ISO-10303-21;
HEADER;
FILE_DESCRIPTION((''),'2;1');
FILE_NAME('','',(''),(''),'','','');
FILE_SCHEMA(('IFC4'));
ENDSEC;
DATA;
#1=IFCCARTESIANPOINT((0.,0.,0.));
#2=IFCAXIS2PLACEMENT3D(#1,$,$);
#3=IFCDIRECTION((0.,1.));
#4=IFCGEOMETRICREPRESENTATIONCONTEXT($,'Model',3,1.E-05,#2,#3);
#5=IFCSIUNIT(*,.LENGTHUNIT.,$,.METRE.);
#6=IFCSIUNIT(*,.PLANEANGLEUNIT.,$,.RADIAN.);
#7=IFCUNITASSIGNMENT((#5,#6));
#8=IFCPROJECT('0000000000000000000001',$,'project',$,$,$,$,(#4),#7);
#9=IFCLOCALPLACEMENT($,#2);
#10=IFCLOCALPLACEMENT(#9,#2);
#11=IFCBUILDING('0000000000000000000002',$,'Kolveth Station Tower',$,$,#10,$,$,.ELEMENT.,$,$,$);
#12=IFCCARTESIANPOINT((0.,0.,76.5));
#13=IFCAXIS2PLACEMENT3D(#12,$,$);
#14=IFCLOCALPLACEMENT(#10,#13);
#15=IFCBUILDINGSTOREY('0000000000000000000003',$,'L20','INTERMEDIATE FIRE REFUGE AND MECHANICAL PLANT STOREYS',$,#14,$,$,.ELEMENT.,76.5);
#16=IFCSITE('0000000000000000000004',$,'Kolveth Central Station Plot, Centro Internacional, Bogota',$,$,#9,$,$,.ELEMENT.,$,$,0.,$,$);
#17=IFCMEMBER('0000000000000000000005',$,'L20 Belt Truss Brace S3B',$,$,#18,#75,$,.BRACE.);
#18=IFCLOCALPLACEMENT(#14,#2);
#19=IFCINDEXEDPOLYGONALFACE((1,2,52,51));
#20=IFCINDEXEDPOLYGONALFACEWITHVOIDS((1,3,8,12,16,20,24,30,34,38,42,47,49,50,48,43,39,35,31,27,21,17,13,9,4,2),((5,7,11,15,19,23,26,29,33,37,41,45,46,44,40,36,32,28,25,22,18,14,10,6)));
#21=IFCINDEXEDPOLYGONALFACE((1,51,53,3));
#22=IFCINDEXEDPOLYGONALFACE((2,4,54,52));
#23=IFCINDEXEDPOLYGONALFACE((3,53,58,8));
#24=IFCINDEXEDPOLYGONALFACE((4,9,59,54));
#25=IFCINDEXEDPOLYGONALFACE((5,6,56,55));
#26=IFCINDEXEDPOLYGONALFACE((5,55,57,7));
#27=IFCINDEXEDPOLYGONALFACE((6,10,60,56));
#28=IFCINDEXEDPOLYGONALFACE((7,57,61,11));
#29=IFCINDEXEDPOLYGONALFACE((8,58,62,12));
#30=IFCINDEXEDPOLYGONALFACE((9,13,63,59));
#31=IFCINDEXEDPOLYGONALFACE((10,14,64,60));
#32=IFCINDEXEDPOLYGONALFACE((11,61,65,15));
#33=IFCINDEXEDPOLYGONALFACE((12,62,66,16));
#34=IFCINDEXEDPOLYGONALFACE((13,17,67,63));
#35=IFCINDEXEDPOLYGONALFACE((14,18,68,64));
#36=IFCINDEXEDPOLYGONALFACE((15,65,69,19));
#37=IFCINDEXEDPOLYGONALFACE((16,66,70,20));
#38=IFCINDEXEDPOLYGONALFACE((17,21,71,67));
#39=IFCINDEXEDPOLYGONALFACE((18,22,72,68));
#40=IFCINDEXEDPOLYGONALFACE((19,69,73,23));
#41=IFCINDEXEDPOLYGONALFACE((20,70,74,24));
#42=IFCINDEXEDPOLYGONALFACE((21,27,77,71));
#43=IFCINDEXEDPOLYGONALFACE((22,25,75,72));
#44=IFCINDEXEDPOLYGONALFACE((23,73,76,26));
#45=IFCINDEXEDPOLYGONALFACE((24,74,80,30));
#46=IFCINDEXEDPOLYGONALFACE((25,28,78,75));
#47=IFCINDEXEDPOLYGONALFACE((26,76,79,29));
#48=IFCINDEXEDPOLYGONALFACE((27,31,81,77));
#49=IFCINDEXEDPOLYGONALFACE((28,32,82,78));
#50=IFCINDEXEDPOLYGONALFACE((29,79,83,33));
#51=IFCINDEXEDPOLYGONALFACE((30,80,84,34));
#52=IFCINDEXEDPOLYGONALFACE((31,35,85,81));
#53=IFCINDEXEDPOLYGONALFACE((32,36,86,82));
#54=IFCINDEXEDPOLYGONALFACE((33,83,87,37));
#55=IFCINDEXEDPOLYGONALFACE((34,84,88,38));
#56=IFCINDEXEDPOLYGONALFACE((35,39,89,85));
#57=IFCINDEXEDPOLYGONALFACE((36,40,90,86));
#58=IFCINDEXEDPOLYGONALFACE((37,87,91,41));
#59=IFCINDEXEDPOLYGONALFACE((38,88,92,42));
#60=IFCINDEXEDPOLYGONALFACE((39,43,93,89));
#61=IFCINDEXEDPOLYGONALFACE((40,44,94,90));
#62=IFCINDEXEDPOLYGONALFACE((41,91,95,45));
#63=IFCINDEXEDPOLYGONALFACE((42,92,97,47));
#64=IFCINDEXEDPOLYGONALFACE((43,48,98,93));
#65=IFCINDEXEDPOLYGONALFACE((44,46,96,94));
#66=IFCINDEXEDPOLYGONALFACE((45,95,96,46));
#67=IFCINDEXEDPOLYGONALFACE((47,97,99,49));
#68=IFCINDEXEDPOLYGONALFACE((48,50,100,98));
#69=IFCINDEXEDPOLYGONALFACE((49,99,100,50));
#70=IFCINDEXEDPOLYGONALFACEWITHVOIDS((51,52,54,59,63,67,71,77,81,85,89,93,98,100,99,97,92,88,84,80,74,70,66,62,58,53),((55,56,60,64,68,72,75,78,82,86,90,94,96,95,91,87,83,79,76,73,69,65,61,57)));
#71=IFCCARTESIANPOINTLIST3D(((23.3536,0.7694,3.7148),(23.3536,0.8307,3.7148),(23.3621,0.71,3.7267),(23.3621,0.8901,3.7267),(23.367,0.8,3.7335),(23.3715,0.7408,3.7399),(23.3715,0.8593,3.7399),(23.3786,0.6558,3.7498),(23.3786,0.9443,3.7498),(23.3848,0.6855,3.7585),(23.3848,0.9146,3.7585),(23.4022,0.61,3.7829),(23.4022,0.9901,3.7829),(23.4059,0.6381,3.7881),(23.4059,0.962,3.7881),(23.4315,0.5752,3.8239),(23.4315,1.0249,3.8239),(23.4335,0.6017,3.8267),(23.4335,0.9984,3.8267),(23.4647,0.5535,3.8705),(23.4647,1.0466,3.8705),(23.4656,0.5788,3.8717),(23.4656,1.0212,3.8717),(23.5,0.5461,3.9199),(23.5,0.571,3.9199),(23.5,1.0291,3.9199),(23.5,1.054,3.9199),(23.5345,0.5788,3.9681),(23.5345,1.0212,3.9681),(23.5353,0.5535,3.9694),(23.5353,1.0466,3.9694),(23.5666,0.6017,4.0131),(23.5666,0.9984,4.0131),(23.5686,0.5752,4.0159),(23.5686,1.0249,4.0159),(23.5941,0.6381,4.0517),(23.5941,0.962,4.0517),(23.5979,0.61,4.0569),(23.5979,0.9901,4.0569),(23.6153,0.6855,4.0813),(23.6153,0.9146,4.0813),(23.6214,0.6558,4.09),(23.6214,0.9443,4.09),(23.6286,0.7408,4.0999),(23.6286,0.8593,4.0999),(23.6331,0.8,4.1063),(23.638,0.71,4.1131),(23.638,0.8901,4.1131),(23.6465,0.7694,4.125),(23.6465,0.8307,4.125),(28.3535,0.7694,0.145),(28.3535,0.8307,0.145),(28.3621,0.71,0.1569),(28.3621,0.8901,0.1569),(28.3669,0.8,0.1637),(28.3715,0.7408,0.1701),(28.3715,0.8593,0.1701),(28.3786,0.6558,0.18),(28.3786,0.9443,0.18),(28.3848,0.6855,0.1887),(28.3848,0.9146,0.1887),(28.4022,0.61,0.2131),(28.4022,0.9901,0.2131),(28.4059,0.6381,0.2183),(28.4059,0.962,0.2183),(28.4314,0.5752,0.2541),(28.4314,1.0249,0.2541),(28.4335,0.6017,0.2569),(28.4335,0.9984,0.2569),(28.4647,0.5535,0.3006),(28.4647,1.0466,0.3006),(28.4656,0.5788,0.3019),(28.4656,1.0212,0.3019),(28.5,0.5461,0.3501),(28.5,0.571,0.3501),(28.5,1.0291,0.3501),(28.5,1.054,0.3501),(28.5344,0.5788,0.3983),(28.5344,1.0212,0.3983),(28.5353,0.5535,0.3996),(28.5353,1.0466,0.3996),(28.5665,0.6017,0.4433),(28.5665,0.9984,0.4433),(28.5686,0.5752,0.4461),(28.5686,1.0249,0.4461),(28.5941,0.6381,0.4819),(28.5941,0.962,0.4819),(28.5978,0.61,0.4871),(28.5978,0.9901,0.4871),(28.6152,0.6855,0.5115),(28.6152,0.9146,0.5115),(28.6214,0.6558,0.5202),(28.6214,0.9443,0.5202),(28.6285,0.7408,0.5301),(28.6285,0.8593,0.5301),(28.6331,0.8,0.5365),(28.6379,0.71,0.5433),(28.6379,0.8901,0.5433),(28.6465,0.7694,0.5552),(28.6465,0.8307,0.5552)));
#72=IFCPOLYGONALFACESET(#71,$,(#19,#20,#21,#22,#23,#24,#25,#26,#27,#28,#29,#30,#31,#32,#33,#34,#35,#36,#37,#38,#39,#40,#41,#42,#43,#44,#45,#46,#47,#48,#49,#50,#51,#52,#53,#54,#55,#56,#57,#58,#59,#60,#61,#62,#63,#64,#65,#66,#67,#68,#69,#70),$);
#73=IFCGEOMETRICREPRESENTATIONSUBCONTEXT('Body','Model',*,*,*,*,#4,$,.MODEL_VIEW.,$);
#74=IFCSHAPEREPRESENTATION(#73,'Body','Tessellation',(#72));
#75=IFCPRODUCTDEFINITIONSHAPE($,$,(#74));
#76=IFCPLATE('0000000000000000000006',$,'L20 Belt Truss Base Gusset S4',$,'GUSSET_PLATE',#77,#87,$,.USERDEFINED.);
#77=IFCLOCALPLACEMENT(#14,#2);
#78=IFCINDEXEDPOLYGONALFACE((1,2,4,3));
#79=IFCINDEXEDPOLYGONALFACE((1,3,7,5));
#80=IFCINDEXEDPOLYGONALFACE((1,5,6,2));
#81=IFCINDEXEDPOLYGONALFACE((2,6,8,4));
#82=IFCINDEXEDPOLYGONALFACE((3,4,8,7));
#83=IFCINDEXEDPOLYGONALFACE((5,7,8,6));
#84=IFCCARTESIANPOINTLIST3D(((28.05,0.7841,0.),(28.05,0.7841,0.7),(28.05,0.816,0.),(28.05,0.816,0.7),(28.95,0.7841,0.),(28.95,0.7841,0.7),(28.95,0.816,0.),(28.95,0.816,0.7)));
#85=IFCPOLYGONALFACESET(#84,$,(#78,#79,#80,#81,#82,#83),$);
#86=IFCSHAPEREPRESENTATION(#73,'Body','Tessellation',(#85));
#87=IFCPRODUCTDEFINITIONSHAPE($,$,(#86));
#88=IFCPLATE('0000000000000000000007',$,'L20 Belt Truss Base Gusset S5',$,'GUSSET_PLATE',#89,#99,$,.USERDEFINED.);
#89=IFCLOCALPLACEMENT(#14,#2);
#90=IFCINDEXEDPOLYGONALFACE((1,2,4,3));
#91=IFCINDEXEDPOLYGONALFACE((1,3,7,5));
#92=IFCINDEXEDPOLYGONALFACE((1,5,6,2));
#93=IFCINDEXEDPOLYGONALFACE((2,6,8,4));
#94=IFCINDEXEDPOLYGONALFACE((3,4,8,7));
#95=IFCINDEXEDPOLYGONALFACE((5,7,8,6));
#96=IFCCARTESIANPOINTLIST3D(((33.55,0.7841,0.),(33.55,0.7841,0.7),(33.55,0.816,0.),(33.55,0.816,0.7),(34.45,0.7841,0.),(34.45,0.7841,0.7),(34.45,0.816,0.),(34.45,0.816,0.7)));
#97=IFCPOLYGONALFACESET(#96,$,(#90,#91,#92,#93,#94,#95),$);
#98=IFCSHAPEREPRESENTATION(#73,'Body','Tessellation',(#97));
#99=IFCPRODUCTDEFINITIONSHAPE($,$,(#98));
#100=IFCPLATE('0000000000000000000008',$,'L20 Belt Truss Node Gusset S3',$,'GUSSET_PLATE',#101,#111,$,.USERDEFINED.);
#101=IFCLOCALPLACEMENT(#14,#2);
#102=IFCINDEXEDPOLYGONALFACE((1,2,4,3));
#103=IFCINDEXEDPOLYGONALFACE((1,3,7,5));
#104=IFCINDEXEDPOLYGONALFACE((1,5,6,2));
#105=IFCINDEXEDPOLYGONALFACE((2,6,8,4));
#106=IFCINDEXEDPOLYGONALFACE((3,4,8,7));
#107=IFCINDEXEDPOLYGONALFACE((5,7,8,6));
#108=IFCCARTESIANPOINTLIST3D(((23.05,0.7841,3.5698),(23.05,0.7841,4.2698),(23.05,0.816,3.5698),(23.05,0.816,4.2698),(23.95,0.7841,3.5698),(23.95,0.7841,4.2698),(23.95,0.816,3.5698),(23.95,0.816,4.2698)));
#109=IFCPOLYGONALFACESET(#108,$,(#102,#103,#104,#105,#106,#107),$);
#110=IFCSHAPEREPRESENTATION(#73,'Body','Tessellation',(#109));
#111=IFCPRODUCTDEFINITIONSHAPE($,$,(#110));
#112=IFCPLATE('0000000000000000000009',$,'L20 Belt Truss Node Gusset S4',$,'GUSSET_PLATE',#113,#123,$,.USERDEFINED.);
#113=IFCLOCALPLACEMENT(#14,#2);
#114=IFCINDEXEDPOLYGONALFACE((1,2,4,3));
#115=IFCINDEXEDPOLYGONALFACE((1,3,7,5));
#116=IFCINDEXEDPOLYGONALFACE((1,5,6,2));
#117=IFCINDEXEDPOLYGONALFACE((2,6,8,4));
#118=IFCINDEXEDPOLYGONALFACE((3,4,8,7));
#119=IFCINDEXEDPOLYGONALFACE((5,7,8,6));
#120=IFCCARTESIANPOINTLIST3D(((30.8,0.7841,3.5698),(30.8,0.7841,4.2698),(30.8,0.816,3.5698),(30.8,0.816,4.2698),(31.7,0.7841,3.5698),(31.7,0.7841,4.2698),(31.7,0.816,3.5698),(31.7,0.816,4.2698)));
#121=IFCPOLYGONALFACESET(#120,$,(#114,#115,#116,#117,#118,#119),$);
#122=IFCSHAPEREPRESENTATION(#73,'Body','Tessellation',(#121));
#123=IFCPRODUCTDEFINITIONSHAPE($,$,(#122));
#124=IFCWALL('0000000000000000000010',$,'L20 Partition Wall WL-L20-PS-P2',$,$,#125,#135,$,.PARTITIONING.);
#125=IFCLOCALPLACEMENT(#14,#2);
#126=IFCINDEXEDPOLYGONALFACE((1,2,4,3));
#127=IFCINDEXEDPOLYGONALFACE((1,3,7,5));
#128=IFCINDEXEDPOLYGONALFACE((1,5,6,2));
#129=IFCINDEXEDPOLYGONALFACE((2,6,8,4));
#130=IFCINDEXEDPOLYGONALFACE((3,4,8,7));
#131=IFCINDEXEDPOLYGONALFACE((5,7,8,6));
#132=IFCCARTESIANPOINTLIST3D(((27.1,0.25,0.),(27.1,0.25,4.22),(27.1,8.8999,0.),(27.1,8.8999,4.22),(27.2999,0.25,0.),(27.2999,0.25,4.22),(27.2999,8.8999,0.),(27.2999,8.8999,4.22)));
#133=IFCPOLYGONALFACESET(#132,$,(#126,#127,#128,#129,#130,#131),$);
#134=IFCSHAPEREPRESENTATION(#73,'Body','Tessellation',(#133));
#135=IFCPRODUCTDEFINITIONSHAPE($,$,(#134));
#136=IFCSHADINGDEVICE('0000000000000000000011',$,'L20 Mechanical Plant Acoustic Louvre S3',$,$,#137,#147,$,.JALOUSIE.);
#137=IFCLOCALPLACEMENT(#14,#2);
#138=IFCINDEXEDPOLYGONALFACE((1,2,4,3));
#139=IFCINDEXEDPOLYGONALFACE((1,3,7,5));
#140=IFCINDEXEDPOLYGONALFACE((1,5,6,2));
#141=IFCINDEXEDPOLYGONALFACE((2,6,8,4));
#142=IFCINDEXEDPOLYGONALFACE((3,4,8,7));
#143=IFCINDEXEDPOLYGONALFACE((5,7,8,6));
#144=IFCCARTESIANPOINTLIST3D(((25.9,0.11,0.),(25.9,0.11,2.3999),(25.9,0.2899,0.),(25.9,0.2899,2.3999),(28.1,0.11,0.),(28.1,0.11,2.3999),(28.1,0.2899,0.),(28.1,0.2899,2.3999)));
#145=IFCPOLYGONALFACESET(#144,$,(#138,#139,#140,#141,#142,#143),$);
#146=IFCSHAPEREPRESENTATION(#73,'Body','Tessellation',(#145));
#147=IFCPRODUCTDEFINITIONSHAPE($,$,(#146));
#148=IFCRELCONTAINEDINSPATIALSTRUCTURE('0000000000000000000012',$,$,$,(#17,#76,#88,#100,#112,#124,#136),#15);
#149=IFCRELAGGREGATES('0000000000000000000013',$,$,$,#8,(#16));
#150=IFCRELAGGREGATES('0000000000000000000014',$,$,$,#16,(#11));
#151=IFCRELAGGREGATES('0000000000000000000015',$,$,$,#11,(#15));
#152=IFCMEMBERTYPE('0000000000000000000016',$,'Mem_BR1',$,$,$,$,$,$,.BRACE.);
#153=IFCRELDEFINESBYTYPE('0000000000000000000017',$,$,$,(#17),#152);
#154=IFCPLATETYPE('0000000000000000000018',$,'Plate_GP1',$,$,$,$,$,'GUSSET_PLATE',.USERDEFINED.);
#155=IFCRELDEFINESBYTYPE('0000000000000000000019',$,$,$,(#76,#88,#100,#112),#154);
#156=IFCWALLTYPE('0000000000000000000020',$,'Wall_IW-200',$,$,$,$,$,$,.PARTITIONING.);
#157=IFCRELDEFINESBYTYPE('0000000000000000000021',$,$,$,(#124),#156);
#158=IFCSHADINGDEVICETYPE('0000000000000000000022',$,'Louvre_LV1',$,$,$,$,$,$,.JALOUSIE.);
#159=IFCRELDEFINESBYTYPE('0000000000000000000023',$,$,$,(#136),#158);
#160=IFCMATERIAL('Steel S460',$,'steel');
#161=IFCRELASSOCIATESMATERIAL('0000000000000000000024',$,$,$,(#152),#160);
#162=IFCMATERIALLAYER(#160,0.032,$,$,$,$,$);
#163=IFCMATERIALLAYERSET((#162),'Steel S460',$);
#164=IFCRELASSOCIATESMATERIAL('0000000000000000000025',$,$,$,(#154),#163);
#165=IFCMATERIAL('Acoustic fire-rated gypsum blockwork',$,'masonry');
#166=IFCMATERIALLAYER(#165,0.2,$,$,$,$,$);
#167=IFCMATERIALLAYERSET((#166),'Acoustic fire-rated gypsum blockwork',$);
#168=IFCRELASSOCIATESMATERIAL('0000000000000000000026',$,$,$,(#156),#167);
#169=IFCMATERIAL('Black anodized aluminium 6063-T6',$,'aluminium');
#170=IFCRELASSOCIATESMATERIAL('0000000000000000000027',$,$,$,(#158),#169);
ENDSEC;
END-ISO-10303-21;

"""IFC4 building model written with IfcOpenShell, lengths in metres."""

from ifc_helpers import new_model, si_unit, direction, frame, frame_2d, origin, origin_2d, place, context, subcontext, project, spatial, rectangle, hollow_circle, extrude, source, transform, mapped, material, layer, layer_set, material_profile, profile_set, type_object, element, save


model = new_model("IFC4")

# Units and contexts
model_context = context("Model", 3, precision=1e-05, world=origin(), true_north=direction((0.0, 1.0)))
body_context = subcontext(model_context, "Body", "Model", "MODEL_VIEW")
ifc_project = project(units=[si_unit("LENGTHUNIT", "METRE"), si_unit("PLANEANGLEUNIT", "RADIAN")], contexts=[model_context])

# Site, building, storey
site_placement = place(None, origin())
site = spatial("IfcSite", under=ifc_project, at=site_placement, Name="Kolveth Central Station Plot, Centro Internacional, Bogota", CompositionType="ELEMENT", RefElevation=0.0)
building_placement = place(site_placement, origin())
building = spatial("IfcBuilding", under=site, at=building_placement, Name="Kolveth Station Tower", CompositionType="ELEMENT")
storey_placement = place(building_placement, frame((0.0, 0.0, 76.5)))
storey = spatial("IfcBuildingStorey", under=building, at=storey_placement, Name="L20", Description="INTERMEDIATE FIRE REFUGE AND MECHANICAL PLANT STOREYS", CompositionType="ELEMENT", Elevation=76.5)

# Shared definitions
ifc_material_1 = material(Name="Steel S460", Category="steel")

# Member
ifc_material_profile_1 = material_profile(ifc_material_1, hollow_circle(Radius=0.2539, WallThickness=0.0249, at=origin_2d()), Name="CHS508x25")
ifc_profile_set_1 = profile_set([ifc_material_profile_1], Name="Steel S460")
member_type_1 = type_object("IfcMemberType", Name="Mem_BR1", PredefinedType="BRACE", material=ifc_profile_set_1)
shared_shape_1 = source(origin(), body_context, "Body", "SweptSolid", [
    extrude(hollow_circle(Radius=0.2539, WallThickness=0.0249, at=origin_2d()), origin(), (0.0, 0.0, 1.0), 6.1436),
])
member_1_placement = place(storey_placement, frame((28.5, 0.8, 0.3501), z_axis=(-0.813857, 0.0, 0.581065), x_axis=(0.0, -1.0, 0.0)))
element("IfcMember", 1, at=member_1_placement, inside=storey, type_object=member_type_1, Name="L20 Belt Truss Brace S3B", PredefinedType="BRACE", context=body_context, shape_type="MappedRepresentation", body=[
    mapped(shared_shape_1, transform((0.0, 0.0, 0.0), x_axis=(1.0, 0.0, 0.0), y_axis=(0.0, 1.0, 0.0), z_axis=(0.0, 0.0, 1.0), scale=1.0)),
])

# Plates
ifc_layer_1 = layer(ifc_material_1, 0.032)
ifc_layer_set_1 = layer_set([ifc_layer_1], Name="Steel S460")
plate_type = type_object("IfcPlateType", Name="Plate_GP1", ElementType="GUSSET_PLATE", PredefinedType="USERDEFINED", material=ifc_layer_set_1)
shared_shape_2 = source(origin(), body_context, "Body", "SweptSolid", [
    extrude(rectangle(XDim=0.8999, YDim=0.032, at=origin_2d()), origin(), (0.0, 0.0, 1.0), 0.7),
])
for number, where, z_axis, x_axis, name in (
    (2, (28.5, 0.8, 0.0), (0.0, 0.0, 1.0), (1.0, 0.0, 0.0), "L20 Belt Truss Base Gusset S4"),
    (3, (34.0, 0.8, 0.0), (0.0, 0.0, 1.0), (1.0, 0.0, 0.0), "L20 Belt Truss Base Gusset S5"),
    (4, (23.5, 0.8, 3.5698), (0.0, 0.0, 1.0), (1.0, 0.0, 0.0), "L20 Belt Truss Node Gusset S3"),
    (5, (31.25, 0.8, 3.5698), (0.0, 0.0, 1.0), (1.0, 0.0, 0.0), "L20 Belt Truss Node Gusset S4"),
):
    element("IfcPlate", number, at=place(storey_placement, frame(where, z_axis=z_axis, x_axis=x_axis)), inside=storey, type_object=plate_type, Name=name, ObjectType="GUSSET_PLATE", PredefinedType="USERDEFINED", context=body_context, shape_type="MappedRepresentation", body=[
        mapped(shared_shape_2, transform((0.0, 0.0, 0.0), x_axis=(1.0, 0.0, 0.0), y_axis=(0.0, 1.0, 0.0), z_axis=(0.0, 0.0, 1.0), scale=1.0)),
    ])

# Wall
ifc_material_2 = material(Name="Acoustic fire-rated gypsum blockwork", Category="masonry")
ifc_layer_2 = layer(ifc_material_2, 0.2)
ifc_layer_set_2 = layer_set([ifc_layer_2], Name="Acoustic fire-rated gypsum blockwork")
wall_type = type_object("IfcWallType", Name="Wall_IW-200", PredefinedType="PARTITIONING", material=ifc_layer_set_2)
wall_placement = place(storey_placement, frame((27.2, 0.25, 0.0), z_axis=(0.0, 0.0, 1.0), x_axis=(0.0, 1.0, 0.0)))
element("IfcWall", 6, at=wall_placement, inside=storey, type_object=wall_type, Name="L20 Partition Wall WL-L20-PS-P2", PredefinedType="PARTITIONING", context=body_context, shape_type="SweptSolid", body=[
    extrude(rectangle(XDim=8.6499, YDim=0.2, at=frame_2d((4.325, 0.0))), origin(), (0.0, 0.0, 1.0), 4.22),
])

# Shading device
ifc_material_3 = material(Name="Black anodized aluminium 6063-T6", Category="aluminium")
shading_device_type = type_object("IfcShadingDeviceType", Name="Louvre_LV1", PredefinedType="JALOUSIE", material=ifc_material_3)
shared_shape_3 = source(origin(), body_context, "Body", "SweptSolid", [
    extrude(rectangle(XDim=2.2, YDim=0.1799, at=origin_2d()), origin(), (0.0, 0.0, 1.0), 2.3999),
])
shading_device_placement = place(storey_placement, frame((27.0, 0.2, 0.0), z_axis=(0.0, 0.0, 1.0), x_axis=(1.0, 0.0, 0.0)))
element("IfcShadingDevice", 7, at=shading_device_placement, inside=storey, type_object=shading_device_type, Name="L20 Mechanical Plant Acoustic Louvre S3", PredefinedType="JALOUSIE", context=body_context, shape_type="MappedRepresentation", body=[
    mapped(shared_shape_3, transform((0.0, 0.0, 0.0), x_axis=(1.0, 0.0, 0.0), y_axis=(0.0, 1.0, 0.0), z_axis=(0.0, 0.0, 1.0), scale=1.0)),
])

save(model, "model.ifc")
